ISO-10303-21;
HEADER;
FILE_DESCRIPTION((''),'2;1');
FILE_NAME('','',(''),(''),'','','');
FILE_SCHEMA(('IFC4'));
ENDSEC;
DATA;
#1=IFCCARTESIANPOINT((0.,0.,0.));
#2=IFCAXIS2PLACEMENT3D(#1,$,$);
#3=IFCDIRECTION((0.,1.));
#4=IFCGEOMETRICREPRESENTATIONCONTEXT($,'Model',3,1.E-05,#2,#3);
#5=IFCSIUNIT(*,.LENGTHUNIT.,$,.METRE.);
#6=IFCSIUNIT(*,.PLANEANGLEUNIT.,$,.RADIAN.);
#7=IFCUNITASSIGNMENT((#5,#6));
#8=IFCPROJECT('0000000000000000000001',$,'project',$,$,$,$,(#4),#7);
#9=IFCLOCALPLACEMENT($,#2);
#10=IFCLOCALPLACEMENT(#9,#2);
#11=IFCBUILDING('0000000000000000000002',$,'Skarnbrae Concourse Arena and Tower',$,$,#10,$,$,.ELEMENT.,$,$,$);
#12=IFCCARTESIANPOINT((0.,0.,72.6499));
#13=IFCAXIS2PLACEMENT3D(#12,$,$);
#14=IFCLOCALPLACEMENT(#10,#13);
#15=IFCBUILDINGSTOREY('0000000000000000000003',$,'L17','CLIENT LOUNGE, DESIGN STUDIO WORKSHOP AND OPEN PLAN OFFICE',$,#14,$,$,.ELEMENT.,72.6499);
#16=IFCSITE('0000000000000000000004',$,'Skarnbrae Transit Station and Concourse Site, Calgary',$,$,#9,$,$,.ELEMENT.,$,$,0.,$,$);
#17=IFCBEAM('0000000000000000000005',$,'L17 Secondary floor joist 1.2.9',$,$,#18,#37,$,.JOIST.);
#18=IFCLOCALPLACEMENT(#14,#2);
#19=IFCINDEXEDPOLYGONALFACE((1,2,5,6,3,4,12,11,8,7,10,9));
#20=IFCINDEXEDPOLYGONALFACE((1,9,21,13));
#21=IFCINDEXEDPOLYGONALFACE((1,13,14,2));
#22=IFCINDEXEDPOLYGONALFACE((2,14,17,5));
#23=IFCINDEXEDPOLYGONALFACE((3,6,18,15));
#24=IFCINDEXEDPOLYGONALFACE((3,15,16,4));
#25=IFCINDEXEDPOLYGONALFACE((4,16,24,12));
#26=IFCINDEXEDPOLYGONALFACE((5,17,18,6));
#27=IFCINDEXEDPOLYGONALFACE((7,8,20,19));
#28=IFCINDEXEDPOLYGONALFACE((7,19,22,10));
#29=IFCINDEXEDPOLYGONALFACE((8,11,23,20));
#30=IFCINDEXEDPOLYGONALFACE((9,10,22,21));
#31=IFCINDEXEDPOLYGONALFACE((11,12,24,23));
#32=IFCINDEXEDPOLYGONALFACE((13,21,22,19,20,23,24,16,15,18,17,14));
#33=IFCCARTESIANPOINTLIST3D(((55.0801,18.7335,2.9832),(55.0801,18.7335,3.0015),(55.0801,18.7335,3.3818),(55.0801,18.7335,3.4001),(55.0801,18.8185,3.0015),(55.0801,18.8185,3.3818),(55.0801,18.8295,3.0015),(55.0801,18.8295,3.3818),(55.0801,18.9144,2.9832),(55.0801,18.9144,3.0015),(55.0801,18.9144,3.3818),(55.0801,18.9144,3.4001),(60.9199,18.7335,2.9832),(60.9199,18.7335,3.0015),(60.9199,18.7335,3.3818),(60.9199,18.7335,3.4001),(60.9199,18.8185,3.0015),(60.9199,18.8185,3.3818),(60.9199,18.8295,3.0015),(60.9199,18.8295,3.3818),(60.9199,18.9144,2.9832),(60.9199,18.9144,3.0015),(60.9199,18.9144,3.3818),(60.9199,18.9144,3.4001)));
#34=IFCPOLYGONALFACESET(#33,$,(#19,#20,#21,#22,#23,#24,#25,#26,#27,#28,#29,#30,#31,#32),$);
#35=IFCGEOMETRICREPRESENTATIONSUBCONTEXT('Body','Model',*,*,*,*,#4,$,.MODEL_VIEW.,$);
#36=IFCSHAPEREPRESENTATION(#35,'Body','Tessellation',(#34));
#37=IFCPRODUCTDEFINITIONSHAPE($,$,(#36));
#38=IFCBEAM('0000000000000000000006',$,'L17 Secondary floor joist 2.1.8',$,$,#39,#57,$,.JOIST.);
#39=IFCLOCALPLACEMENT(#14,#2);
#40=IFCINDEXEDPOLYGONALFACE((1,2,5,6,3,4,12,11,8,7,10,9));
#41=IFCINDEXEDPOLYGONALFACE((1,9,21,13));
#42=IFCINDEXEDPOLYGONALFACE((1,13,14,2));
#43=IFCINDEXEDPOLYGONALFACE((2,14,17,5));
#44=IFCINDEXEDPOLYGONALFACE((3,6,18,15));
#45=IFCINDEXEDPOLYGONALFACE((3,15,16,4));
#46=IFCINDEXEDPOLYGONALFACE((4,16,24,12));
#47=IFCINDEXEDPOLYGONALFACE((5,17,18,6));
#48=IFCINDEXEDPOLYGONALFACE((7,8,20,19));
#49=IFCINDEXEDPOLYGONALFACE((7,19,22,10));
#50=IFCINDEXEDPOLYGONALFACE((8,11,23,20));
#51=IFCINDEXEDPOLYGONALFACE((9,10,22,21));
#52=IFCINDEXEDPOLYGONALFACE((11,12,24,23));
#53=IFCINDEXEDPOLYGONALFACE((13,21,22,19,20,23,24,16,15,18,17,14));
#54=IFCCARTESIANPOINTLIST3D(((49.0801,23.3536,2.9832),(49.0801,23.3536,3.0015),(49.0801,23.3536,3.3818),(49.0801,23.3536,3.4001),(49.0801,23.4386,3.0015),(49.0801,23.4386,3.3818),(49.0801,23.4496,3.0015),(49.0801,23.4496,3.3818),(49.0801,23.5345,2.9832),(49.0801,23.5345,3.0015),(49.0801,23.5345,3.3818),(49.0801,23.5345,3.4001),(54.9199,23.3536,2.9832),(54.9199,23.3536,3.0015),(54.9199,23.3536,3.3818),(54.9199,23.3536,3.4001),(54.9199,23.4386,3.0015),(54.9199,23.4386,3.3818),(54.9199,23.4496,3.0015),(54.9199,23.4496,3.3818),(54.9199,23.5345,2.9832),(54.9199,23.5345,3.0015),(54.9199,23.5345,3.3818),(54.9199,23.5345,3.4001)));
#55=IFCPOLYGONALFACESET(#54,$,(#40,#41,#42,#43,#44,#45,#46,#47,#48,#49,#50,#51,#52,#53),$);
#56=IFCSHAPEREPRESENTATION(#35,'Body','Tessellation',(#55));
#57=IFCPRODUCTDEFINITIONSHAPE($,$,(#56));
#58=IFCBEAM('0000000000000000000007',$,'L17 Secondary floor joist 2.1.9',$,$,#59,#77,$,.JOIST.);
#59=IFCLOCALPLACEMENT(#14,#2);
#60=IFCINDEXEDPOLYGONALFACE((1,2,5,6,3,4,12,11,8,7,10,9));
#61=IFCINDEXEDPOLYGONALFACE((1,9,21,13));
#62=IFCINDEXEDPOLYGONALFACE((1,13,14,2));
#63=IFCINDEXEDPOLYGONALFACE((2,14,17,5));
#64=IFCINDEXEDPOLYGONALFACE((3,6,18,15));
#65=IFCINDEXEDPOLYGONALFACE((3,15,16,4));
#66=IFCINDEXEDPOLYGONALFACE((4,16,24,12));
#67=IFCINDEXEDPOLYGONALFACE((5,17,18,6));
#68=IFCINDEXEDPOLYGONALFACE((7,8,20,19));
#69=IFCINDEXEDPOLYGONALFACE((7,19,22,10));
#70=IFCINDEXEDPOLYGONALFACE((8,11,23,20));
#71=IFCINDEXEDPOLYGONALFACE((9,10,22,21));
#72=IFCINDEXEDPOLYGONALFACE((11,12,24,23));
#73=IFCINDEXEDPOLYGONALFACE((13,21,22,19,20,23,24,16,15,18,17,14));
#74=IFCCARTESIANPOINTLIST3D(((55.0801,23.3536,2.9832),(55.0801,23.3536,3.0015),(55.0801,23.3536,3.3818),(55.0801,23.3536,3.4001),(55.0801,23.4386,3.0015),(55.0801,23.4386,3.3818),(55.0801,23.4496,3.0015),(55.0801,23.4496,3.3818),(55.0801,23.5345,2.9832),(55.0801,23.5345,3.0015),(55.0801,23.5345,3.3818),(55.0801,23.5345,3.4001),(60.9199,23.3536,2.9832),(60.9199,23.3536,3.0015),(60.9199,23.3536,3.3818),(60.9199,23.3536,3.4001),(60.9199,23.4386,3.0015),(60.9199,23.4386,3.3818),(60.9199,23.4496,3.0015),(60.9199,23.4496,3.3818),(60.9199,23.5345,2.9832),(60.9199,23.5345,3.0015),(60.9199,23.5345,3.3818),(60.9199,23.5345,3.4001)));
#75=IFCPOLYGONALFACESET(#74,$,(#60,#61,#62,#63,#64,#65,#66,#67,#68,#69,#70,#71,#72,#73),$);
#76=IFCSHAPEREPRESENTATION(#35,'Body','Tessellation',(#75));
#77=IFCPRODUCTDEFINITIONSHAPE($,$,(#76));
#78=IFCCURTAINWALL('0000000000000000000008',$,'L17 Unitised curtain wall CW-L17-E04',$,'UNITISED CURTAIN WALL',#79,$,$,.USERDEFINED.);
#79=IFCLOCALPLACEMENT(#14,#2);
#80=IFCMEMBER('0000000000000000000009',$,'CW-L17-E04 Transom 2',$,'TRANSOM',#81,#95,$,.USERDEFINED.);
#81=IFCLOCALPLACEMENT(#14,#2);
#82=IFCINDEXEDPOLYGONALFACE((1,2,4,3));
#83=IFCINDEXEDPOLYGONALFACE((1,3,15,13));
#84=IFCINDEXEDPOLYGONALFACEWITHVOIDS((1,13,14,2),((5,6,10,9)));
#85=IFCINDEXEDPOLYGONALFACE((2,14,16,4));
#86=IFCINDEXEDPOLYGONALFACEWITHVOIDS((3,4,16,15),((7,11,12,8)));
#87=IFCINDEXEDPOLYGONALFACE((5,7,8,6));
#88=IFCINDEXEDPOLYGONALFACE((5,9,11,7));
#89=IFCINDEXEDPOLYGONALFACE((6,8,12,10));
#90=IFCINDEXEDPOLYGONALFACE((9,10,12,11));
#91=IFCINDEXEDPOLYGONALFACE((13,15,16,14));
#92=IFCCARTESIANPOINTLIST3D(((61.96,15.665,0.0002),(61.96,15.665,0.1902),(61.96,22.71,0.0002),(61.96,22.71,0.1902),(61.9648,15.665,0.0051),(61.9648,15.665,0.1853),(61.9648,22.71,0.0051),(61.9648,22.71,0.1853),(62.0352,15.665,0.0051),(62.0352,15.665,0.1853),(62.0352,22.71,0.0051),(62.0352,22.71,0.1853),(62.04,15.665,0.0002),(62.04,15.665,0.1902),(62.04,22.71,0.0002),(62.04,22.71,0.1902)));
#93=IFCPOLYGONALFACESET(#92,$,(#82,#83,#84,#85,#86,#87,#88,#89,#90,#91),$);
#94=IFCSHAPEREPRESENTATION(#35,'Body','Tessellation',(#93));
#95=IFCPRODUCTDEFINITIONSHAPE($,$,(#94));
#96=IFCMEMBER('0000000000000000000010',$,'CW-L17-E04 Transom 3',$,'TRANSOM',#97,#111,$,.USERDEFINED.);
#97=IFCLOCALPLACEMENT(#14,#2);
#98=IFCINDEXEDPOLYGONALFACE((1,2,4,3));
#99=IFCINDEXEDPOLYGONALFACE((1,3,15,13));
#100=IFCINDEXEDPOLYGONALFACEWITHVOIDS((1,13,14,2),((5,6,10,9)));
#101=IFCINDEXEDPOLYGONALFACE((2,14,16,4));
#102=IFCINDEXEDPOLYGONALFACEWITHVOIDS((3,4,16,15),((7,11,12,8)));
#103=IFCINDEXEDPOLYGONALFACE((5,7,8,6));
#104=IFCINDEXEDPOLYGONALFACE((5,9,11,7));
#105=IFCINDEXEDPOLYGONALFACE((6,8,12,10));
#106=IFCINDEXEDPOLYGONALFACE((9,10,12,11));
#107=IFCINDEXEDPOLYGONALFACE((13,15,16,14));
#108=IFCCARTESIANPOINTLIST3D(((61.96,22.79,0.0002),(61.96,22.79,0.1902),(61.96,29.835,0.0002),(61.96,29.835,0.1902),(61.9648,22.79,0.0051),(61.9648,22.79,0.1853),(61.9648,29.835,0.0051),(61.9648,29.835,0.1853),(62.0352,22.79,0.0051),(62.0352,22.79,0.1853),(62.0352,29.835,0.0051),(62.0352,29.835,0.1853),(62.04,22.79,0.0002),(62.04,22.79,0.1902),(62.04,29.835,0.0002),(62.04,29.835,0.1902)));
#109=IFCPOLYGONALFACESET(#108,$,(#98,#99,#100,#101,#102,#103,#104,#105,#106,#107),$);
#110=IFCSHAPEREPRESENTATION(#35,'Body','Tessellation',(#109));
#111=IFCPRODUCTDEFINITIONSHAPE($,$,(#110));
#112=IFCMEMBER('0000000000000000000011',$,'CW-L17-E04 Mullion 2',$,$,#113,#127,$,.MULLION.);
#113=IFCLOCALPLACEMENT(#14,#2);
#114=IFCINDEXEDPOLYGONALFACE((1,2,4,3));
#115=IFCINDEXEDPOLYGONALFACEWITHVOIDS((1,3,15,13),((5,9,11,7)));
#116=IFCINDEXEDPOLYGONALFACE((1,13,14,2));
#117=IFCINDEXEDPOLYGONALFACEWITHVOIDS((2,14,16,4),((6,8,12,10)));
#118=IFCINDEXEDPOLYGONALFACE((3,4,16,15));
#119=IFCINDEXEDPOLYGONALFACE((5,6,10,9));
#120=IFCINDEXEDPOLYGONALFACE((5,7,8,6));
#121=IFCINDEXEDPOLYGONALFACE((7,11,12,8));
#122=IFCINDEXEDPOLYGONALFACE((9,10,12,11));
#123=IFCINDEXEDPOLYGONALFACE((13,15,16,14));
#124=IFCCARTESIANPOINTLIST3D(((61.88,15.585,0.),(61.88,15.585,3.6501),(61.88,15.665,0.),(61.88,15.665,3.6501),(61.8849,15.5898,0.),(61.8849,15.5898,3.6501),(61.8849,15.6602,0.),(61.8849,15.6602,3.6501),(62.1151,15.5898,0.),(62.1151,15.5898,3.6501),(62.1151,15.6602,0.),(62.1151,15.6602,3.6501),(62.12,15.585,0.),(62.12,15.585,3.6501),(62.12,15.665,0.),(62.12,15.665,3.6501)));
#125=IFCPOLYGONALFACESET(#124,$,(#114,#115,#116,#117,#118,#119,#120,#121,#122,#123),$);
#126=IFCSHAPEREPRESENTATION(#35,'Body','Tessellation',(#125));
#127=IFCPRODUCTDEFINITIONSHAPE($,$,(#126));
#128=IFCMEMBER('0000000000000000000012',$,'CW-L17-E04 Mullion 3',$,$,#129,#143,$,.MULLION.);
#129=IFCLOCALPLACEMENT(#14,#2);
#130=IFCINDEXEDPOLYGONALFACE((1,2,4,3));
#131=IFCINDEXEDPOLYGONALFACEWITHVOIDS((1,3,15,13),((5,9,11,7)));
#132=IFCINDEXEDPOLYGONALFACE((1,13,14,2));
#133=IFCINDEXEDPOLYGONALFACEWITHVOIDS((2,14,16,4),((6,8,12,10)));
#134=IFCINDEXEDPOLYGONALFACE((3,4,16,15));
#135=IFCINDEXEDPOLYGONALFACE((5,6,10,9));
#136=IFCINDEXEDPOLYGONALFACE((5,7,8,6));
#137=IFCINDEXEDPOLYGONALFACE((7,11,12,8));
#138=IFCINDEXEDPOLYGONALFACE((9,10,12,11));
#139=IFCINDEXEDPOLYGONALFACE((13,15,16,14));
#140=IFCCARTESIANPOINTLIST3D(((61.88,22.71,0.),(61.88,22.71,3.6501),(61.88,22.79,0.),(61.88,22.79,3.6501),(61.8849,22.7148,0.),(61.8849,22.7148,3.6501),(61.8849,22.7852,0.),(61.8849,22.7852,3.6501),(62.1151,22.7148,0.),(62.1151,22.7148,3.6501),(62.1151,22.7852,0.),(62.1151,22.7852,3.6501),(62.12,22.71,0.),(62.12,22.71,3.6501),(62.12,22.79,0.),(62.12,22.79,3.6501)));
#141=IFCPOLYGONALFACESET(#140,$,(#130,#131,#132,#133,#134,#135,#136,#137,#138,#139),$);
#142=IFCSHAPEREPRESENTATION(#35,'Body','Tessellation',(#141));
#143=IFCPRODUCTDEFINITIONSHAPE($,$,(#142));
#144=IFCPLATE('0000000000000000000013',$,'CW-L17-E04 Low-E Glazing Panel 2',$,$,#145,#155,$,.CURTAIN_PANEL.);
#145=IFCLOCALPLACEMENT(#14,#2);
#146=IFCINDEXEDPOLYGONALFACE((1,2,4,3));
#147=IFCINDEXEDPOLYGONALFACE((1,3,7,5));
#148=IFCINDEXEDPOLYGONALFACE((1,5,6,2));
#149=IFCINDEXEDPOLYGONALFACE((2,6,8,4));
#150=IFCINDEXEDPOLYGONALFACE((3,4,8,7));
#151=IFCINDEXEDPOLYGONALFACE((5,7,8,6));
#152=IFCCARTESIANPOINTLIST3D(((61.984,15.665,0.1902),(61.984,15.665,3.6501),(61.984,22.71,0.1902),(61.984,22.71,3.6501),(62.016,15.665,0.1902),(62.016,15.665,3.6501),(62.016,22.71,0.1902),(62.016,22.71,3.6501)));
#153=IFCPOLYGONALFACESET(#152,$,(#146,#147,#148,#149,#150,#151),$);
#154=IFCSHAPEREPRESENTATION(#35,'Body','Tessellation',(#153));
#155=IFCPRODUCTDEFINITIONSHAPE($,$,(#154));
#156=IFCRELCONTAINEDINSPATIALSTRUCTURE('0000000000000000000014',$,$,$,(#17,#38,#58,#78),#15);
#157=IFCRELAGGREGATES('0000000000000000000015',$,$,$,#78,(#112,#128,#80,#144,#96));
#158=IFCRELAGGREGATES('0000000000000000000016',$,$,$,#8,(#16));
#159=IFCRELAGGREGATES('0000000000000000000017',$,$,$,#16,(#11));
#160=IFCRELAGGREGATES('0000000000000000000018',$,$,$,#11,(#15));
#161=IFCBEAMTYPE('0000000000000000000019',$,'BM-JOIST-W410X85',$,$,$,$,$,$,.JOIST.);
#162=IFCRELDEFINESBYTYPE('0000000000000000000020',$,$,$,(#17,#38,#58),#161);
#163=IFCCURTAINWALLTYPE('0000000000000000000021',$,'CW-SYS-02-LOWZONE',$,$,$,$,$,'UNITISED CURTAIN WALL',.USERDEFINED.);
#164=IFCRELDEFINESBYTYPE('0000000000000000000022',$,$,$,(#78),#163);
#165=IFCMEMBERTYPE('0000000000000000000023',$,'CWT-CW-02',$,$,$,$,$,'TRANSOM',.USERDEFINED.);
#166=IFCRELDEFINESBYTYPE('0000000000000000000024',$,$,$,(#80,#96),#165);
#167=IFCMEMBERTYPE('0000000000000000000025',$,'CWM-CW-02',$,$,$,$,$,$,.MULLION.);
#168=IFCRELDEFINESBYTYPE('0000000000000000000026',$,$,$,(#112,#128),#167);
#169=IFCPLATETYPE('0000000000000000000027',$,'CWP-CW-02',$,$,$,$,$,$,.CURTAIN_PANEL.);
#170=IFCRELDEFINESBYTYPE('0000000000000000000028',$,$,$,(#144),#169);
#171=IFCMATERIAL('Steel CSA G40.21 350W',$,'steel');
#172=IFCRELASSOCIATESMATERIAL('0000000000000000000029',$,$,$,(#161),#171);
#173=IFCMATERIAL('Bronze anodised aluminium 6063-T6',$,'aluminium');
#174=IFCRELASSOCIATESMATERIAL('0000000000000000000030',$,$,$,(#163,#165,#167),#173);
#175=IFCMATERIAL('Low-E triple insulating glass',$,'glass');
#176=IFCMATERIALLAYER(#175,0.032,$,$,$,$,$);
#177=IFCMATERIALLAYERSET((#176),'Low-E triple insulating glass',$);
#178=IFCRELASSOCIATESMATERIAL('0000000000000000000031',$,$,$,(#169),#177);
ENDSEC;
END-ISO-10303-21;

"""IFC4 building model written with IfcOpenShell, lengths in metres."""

from ifc_helpers import new_model, si_unit, direction, frame, origin, origin_2d, place, context, subcontext, project, spatial, rectangle, hollow_rectangle, i_section, extrude, source, transform, mapped, material, layer, layer_set, material_profile, profile_set, type_object, element, aggregate, save


model = new_model("IFC4")

# Units and contexts
model_context = context("Model", 3, precision=1e-05, world=origin(), true_north=direction((0.0, 1.0)))
body_context = subcontext(model_context, "Body", "Model", "MODEL_VIEW")
ifc_project = project(units=[si_unit("LENGTHUNIT", "METRE"), si_unit("PLANEANGLEUNIT", "RADIAN")], contexts=[model_context])

# Site, building, storey
site_placement = place(None, origin())
site = spatial("IfcSite", under=ifc_project, at=site_placement, Name="Skarnbrae Transit Station and Concourse Site, Calgary", CompositionType="ELEMENT", RefElevation=0.0)
building_placement = place(site_placement, origin())
building = spatial("IfcBuilding", under=site, at=building_placement, Name="Skarnbrae Concourse Arena and Tower", CompositionType="ELEMENT")
storey_placement = place(building_placement, frame((0.0, 0.0, 72.6499)))
storey = spatial("IfcBuildingStorey", under=building, at=storey_placement, Name="L17", Description="CLIENT LOUNGE, DESIGN STUDIO WORKSHOP AND OPEN PLAN OFFICE", CompositionType="ELEMENT", Elevation=72.6499)

# Shared definitions
ifc_material_1 = material(Name="Steel CSA G40.21 350W", Category="steel")

# Beams
ifc_material_profile_1 = material_profile(ifc_material_1, i_section(OverallWidth=0.1809, OverallDepth=0.417, WebThickness=0.011, FlangeThickness=0.0183, at=origin_2d()), Name="W410X85")
ifc_profile_set_1 = profile_set([ifc_material_profile_1], Name="Steel CSA G40.21 350W")
beam_type_1 = type_object("IfcBeamType", Name="BM-JOIST-W410X85", PredefinedType="JOIST", material=ifc_profile_set_1)
shared_shape_1 = source(origin(), body_context, "Body", "SweptSolid", [
    extrude(i_section(OverallWidth=0.1809, OverallDepth=0.417, WebThickness=0.011, FlangeThickness=0.0183, at=origin_2d()), origin(), (0.0, 0.0, 1.0), 5.8398),
])
for number, where, z_axis, x_axis, name in (
    (1, (55.0801, 18.824, 3.1917), (1.0, 0.0, 0.0), (0.0, 1.0, 0.0), "L17 Secondary floor joist 1.2.9"),
    (2, (49.0801, 23.4441, 3.1917), (1.0, 0.0, 0.0), (0.0, 1.0, 0.0), "L17 Secondary floor joist 2.1.8"),
    (3, (55.0801, 23.4441, 3.1917), (1.0, 0.0, 0.0), (0.0, 1.0, 0.0), "L17 Secondary floor joist 2.1.9"),
):
    element("IfcBeam", number, at=place(storey_placement, frame(where, z_axis=z_axis, x_axis=x_axis)), inside=storey, type_object=beam_type_1, Name=name, PredefinedType="JOIST", context=body_context, shape_type="MappedRepresentation", body=[
        mapped(shared_shape_1, transform((0.0, 0.0, 0.0))),
    ])

# Curtain wall, members, plate
ifc_material_2 = material(Name="Bronze anodised aluminium 6063-T6", Category="aluminium")
curtain_wall_type = type_object("IfcCurtainWallType", Name="CW-SYS-02-LOWZONE", ElementType="UNITISED CURTAIN WALL", PredefinedType="USERDEFINED", material=ifc_material_2)
curtain_wall_placement = place(storey_placement, origin())
curtain_wall = element("IfcCurtainWall", 4, at=curtain_wall_placement, inside=storey, type_object=curtain_wall_type, Name="L17 Unitised curtain wall CW-L17-E04", ObjectType="UNITISED CURTAIN WALL", PredefinedType="USERDEFINED")
ifc_material_profile_2 = material_profile(ifc_material_2, hollow_rectangle(XDim=0.0801, YDim=0.1899, WallThickness=0.0049, at=origin_2d()), Name="ALU-TRAN-80X190")
ifc_profile_set_2 = profile_set([ifc_material_profile_2], Name="Bronze anodised aluminium 6063-T6")
member_type_1 = type_object("IfcMemberType", Name="CWT-CW-02", ElementType="TRANSOM", PredefinedType="USERDEFINED", material=ifc_profile_set_2)
shared_shape_2 = source(origin(), body_context, "Body", "SweptSolid", [
    extrude(hollow_rectangle(XDim=0.0801, YDim=0.1899, WallThickness=0.0049, at=origin_2d()), origin(), (0.0, 0.0, 1.0), 7.0449),
])
member_1_placement = place(storey_placement, frame((62.0, 15.665, 0.0952), z_axis=(0.0, 1.0, 0.0), x_axis=(-1.0, 0.0, 0.0)))
member_1 = element("IfcMember", 5, at=member_1_placement, type_object=member_type_1, Name="CW-L17-E04 Transom 2", ObjectType="TRANSOM", PredefinedType="USERDEFINED", context=body_context, shape_type="MappedRepresentation", body=[
    mapped(shared_shape_2, transform((0.0, 0.0, 0.0))),
])
member_2_placement = place(storey_placement, frame((62.0, 22.79, 0.0952), z_axis=(0.0, 1.0, 0.0), x_axis=(-1.0, 0.0, 0.0)))
member_2 = element("IfcMember", 6, at=member_2_placement, type_object=member_type_1, Name="CW-L17-E04 Transom 3", ObjectType="TRANSOM", PredefinedType="USERDEFINED", context=body_context, shape_type="MappedRepresentation", body=[
    mapped(shared_shape_2, transform((0.0, 0.0, 0.0))),
])
ifc_material_profile_3 = material_profile(ifc_material_2, hollow_rectangle(XDim=0.0801, YDim=0.24, WallThickness=0.0049, at=origin_2d()), Name="ALU-MULL-80X240")
ifc_profile_set_3 = profile_set([ifc_material_profile_3], Name="Bronze anodised aluminium 6063-T6")
member_type_2 = type_object("IfcMemberType", Name="CWM-CW-02", PredefinedType="MULLION", material=ifc_profile_set_3)
shared_shape_3 = source(origin(), body_context, "Body", "SweptSolid", [
    extrude(hollow_rectangle(XDim=0.0801, YDim=0.24, WallThickness=0.0049, at=origin_2d()), origin(), (0.0, 0.0, 1.0), 3.6501),
])
member_3_placement = place(storey_placement, frame((62.0, 15.625, 0.0), z_axis=(0.0, 0.0, 1.0), x_axis=(0.0, 1.0, 0.0)))
member_3 = element("IfcMember", 7, at=member_3_placement, type_object=member_type_2, Name="CW-L17-E04 Mullion 2", PredefinedType="MULLION", context=body_context, shape_type="MappedRepresentation", body=[
    mapped(shared_shape_3, transform((0.0, 0.0, 0.0))),
])
member_4_placement = place(storey_placement, frame((62.0, 22.75, 0.0), z_axis=(0.0, 0.0, 1.0), x_axis=(0.0, 1.0, 0.0)))
member_4 = element("IfcMember", 8, at=member_4_placement, type_object=member_type_2, Name="CW-L17-E04 Mullion 3", PredefinedType="MULLION", context=body_context, shape_type="MappedRepresentation", body=[
    mapped(shared_shape_3, transform((0.0, 0.0, 0.0))),
])
ifc_material_3 = material(Name="Low-E triple insulating glass", Category="glass")
ifc_layer = layer(ifc_material_3, 0.032)
ifc_layer_set = layer_set([ifc_layer], Name="Low-E triple insulating glass")
plate_type = type_object("IfcPlateType", Name="CWP-CW-02", PredefinedType="CURTAIN_PANEL", material=ifc_layer_set)
shared_shape_4 = source(origin(), body_context, "Body", "SweptSolid", [
    extrude(rectangle(XDim=7.0449, YDim=0.032, at=origin_2d()), origin(), (0.0, 0.0, 1.0), 3.46),
])
plate_placement = place(storey_placement, frame((62.0, 19.1875, 0.1902), z_axis=(0.0, 0.0, 1.0), x_axis=(0.0, 1.0, 0.0)))
plate = element("IfcPlate", 9, at=plate_placement, type_object=plate_type, Name="CW-L17-E04 Low-E Glazing Panel 2", PredefinedType="CURTAIN_PANEL", context=body_context, shape_type="MappedRepresentation", body=[
    mapped(shared_shape_4, transform((0.0, 0.0, 0.0))),
])
aggregate(curtain_wall, [member_3, member_4, member_1, plate, member_2])

save(model, "model.ifc")
